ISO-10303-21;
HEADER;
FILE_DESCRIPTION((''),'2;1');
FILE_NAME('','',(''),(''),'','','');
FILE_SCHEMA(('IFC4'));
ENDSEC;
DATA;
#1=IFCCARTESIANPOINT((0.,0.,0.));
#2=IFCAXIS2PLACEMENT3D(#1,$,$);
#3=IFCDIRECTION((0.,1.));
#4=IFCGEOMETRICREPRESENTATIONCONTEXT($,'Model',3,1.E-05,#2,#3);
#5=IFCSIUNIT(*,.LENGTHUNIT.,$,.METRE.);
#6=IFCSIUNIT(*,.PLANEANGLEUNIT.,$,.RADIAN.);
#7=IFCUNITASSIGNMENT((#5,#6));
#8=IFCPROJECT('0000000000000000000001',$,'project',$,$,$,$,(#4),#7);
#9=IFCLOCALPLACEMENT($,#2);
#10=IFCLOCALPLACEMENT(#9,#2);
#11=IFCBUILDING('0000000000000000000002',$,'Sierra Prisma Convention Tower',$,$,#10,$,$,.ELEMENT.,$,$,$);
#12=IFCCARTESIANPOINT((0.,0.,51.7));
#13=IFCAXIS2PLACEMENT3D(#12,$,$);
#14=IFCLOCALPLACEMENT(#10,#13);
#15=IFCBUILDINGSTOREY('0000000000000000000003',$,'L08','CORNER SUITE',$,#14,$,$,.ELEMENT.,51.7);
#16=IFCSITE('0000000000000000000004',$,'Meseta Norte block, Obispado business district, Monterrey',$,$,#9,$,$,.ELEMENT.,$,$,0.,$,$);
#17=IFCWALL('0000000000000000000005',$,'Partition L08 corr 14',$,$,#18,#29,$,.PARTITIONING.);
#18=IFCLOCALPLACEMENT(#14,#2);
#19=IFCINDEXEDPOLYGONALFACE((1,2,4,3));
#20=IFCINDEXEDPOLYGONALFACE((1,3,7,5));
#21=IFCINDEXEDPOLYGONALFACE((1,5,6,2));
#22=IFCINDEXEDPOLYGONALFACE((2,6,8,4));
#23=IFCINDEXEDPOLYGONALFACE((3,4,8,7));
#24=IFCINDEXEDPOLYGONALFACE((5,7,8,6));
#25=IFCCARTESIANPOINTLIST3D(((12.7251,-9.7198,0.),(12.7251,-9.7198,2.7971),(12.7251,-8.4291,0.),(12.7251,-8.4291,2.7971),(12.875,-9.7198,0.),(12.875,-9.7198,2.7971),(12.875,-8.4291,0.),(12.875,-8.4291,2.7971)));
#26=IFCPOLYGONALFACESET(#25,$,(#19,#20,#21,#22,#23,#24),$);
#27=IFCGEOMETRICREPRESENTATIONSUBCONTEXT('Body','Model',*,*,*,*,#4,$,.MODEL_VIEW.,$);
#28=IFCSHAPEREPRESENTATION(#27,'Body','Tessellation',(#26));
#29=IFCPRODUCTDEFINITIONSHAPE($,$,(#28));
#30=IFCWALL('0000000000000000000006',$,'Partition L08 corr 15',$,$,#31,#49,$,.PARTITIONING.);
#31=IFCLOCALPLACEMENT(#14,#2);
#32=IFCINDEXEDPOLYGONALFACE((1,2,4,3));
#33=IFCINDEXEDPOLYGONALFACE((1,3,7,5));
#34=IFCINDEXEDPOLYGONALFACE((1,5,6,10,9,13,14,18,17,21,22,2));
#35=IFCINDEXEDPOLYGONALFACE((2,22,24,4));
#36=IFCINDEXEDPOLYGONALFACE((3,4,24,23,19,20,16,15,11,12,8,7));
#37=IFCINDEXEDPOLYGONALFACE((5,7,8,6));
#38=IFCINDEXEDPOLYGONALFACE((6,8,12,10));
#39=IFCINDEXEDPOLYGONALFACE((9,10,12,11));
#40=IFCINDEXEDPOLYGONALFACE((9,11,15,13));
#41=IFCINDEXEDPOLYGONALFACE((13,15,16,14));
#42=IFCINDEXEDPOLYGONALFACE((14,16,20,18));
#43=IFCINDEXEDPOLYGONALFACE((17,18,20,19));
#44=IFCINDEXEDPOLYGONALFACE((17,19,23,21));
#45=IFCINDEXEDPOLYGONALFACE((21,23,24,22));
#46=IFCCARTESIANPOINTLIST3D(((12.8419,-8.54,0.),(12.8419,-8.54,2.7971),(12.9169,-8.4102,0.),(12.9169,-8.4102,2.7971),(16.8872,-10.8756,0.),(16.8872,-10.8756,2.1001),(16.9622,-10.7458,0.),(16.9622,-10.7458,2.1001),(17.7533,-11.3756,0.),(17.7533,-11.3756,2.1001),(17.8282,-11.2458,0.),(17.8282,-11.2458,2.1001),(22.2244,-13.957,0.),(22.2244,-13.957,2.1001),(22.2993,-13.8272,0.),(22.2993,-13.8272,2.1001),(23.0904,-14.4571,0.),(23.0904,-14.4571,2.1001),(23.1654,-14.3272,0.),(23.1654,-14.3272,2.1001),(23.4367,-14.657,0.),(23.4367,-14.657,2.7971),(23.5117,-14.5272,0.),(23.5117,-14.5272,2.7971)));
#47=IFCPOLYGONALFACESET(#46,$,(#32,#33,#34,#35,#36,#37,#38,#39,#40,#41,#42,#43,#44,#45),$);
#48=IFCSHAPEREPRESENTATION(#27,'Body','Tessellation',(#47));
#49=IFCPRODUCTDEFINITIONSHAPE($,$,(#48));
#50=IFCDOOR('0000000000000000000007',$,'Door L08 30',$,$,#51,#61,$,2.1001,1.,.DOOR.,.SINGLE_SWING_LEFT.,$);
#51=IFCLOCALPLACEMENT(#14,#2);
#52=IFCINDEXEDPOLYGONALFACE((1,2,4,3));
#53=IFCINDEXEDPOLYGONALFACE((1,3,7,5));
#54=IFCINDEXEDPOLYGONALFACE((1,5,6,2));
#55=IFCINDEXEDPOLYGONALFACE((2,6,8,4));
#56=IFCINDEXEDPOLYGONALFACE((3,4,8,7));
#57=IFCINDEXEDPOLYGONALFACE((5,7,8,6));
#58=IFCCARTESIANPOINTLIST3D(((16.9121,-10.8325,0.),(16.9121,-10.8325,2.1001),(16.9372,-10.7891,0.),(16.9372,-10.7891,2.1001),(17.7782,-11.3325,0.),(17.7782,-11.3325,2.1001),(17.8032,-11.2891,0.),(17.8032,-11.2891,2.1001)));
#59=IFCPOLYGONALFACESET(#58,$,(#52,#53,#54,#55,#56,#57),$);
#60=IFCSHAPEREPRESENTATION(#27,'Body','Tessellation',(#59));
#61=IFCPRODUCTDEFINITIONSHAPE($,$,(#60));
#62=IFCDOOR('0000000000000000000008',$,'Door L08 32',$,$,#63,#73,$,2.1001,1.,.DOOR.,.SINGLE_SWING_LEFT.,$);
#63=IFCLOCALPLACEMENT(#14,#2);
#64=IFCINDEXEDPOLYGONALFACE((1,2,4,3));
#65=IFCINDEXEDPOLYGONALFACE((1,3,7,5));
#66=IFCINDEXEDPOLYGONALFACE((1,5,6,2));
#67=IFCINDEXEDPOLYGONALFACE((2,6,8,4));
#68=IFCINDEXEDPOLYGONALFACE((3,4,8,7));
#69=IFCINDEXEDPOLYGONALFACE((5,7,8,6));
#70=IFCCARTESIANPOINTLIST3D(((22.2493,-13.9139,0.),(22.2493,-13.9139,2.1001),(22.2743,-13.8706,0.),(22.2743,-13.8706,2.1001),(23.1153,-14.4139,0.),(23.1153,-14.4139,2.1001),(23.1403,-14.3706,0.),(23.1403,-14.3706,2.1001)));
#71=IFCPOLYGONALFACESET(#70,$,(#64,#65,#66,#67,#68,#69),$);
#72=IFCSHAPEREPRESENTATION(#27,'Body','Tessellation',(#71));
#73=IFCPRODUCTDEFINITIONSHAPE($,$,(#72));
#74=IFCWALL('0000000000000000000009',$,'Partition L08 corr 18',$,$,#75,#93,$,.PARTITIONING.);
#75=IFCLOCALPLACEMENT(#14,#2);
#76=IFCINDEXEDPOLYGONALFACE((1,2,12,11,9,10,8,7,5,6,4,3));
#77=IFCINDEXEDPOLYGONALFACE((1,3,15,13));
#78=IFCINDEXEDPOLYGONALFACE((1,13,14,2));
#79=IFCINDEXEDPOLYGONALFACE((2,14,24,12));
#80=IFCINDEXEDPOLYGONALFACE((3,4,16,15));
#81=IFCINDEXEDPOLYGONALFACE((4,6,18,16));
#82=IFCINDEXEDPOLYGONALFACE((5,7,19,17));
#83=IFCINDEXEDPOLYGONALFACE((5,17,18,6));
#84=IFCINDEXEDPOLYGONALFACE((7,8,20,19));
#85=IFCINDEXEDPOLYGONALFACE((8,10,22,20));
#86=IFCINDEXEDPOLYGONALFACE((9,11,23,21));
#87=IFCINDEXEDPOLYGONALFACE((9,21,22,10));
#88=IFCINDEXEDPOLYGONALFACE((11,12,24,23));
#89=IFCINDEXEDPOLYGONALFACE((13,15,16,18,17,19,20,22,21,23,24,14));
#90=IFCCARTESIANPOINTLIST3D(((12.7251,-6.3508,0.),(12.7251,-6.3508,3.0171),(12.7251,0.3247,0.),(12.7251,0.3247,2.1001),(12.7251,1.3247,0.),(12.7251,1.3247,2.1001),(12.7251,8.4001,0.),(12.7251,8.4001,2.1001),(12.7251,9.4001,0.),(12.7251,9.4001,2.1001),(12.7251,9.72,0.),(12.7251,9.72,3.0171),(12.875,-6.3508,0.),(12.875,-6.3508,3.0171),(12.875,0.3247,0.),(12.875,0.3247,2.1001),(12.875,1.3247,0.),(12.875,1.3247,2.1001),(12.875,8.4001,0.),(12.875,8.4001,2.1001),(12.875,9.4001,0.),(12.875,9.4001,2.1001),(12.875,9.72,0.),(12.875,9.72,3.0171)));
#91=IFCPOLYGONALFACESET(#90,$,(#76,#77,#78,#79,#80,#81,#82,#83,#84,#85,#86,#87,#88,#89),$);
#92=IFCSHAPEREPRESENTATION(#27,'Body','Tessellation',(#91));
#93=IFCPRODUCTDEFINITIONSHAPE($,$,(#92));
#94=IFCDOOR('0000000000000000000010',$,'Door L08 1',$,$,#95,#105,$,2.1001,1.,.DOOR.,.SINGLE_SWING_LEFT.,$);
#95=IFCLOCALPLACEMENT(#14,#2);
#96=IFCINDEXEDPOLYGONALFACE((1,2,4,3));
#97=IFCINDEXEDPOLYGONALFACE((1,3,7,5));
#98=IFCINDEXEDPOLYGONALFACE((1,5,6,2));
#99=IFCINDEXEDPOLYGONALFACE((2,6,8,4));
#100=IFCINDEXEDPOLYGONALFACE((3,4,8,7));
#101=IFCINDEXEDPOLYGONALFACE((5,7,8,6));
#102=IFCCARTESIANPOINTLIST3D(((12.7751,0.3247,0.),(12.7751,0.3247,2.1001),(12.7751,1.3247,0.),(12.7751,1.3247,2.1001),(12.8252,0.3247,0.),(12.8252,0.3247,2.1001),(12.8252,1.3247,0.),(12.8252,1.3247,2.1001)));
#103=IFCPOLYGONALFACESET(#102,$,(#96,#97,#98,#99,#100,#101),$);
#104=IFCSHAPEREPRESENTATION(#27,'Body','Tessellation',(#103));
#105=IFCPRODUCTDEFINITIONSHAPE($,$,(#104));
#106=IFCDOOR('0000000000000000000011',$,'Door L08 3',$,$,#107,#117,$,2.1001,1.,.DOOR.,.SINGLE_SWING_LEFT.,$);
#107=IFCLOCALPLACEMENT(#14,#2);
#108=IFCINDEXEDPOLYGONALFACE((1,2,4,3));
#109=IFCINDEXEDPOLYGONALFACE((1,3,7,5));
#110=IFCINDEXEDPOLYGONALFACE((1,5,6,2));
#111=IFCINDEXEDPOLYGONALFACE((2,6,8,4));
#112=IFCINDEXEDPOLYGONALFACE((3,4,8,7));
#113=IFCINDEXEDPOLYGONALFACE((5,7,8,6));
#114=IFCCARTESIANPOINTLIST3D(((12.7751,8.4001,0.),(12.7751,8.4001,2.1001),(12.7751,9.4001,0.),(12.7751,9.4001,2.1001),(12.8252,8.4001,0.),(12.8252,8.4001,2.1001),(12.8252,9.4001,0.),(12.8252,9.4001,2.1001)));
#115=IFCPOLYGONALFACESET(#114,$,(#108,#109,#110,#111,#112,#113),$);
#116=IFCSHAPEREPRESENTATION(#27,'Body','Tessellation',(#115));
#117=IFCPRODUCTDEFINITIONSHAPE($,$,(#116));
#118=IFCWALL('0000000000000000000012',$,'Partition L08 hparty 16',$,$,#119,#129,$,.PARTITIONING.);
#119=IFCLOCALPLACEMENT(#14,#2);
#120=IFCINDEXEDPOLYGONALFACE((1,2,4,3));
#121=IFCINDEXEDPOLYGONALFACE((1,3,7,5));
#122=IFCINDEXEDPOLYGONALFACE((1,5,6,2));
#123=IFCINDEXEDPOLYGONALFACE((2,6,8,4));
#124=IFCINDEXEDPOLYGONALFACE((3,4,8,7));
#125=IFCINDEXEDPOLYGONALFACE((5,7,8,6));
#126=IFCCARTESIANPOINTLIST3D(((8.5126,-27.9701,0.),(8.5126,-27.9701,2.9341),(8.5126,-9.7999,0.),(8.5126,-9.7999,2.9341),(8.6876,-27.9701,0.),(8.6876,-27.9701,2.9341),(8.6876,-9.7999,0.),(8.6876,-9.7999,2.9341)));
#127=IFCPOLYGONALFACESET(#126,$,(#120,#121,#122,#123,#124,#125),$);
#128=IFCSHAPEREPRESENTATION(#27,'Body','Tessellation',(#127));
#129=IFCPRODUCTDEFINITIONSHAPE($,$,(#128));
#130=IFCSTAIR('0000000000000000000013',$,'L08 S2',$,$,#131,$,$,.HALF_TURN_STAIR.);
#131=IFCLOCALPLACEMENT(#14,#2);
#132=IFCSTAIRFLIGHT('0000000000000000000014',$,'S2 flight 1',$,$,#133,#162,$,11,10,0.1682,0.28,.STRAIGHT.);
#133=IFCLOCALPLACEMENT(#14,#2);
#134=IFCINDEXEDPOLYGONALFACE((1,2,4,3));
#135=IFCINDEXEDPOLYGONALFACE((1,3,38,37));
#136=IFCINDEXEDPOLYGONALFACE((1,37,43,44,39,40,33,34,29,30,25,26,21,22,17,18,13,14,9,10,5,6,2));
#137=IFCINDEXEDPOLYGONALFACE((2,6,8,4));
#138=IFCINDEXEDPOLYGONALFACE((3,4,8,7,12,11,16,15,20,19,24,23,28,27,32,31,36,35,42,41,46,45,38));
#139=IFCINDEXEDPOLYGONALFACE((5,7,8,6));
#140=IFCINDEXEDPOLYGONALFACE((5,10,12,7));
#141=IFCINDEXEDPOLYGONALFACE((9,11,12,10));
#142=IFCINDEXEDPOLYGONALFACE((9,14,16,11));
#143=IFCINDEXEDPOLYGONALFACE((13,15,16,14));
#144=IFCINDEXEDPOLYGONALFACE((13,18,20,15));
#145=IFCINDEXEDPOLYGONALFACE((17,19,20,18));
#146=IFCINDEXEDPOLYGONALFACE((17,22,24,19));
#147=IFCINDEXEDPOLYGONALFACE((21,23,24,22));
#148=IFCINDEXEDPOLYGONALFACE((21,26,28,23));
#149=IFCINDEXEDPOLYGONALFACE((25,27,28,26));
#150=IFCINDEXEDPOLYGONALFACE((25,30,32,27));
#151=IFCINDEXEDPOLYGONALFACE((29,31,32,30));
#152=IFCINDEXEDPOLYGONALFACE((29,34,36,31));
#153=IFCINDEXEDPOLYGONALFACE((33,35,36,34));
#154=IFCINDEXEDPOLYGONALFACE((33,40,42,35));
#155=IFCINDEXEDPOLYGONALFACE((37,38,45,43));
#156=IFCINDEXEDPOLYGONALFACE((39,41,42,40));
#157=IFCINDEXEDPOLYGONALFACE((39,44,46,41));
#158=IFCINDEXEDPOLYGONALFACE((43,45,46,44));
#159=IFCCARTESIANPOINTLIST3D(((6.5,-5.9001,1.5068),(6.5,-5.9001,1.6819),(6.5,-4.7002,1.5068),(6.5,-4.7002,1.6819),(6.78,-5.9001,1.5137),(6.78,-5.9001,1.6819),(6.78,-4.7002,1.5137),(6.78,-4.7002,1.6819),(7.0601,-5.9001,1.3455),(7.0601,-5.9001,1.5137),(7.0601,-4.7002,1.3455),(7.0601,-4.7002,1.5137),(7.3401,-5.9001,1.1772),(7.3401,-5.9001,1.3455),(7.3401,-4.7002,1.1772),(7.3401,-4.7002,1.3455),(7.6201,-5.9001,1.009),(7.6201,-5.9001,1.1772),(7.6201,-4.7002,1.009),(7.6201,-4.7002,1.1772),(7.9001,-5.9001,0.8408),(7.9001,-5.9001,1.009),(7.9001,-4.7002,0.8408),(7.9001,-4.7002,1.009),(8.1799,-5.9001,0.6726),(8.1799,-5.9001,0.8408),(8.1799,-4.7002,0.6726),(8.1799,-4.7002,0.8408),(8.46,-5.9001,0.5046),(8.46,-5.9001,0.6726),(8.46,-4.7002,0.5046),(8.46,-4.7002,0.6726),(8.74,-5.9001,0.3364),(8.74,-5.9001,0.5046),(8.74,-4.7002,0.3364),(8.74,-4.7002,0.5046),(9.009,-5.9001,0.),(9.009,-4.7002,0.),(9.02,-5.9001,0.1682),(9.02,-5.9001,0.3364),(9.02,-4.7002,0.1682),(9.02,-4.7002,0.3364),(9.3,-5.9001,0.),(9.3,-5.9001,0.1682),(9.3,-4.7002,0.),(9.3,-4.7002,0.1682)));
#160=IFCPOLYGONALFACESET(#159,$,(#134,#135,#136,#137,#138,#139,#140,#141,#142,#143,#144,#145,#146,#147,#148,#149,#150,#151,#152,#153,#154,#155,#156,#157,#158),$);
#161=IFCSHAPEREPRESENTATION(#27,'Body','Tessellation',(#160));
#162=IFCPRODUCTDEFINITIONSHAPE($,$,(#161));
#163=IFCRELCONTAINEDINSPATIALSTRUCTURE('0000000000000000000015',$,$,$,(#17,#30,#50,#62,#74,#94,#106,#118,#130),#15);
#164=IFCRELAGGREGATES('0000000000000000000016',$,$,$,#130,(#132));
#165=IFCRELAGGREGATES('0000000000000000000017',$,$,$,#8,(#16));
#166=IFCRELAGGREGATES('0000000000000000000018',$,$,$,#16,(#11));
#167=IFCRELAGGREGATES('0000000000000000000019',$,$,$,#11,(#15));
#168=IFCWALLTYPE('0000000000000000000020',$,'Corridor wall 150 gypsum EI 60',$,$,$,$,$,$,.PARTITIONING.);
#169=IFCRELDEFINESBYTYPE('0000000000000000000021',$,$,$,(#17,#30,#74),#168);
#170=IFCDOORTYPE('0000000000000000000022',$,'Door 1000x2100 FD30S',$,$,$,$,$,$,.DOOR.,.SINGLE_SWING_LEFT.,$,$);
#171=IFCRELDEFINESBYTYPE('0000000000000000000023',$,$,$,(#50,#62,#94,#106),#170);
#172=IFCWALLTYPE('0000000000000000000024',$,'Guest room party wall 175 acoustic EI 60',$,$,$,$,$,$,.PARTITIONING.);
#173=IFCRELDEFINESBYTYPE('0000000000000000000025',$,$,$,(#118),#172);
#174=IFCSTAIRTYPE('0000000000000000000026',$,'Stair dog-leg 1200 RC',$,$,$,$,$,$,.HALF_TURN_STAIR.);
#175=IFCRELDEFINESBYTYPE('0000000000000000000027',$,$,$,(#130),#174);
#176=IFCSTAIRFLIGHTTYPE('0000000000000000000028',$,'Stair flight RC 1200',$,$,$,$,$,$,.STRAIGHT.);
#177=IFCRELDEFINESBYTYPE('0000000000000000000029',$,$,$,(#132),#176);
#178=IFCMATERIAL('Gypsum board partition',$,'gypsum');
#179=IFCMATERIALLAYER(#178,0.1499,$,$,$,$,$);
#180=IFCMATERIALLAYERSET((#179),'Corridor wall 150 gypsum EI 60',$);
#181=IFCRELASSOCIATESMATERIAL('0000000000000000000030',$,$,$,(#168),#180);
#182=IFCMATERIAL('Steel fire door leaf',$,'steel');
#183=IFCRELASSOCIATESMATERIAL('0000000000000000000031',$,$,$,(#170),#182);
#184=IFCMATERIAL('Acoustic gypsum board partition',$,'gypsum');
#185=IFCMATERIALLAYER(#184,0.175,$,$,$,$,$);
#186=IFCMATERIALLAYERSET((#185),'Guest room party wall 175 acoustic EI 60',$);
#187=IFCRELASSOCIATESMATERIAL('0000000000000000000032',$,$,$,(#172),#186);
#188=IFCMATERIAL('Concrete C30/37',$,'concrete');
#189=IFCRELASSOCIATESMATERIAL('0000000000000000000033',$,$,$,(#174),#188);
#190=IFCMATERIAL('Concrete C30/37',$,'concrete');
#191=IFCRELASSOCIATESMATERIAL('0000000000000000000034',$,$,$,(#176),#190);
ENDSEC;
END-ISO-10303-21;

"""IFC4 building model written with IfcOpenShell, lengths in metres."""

from ifc_helpers import new_model, si_unit, direction, frame, frame_2d, origin, place, context, subcontext, project, spatial, polyline, rectangle, outline, extrude, material, layer, layer_set, type_object, element, fill, aggregate, save


model = new_model("IFC4")

# Units and contexts
model_context = context("Model", 3, precision=1e-05, world=origin(), true_north=direction((0.0, 1.0)))
body_context = subcontext(model_context, "Body", "Model", "MODEL_VIEW")
ifc_project = project(units=[si_unit("LENGTHUNIT", "METRE"), si_unit("PLANEANGLEUNIT", "RADIAN")], contexts=[model_context])

# Site, building, storey
site_placement = place(None, origin())
site = spatial("IfcSite", under=ifc_project, at=site_placement, Name="Meseta Norte block, Obispado business district, Monterrey", CompositionType="ELEMENT", RefElevation=0.0)
building_placement = place(site_placement, origin())
building = spatial("IfcBuilding", under=site, at=building_placement, Name="Sierra Prisma Convention Tower", CompositionType="ELEMENT")
storey_placement = place(building_placement, frame((0.0, 0.0, 51.7)))
storey = spatial("IfcBuildingStorey", under=building, at=storey_placement, Name="L08", Description="CORNER SUITE", CompositionType="ELEMENT", Elevation=51.7)

# Wall
ifc_material_1 = material(Name="Gypsum board partition", Category="gypsum")
ifc_layer_1 = layer(ifc_material_1, 0.1499)
ifc_layer_set_1 = layer_set([ifc_layer_1], Name="Corridor wall 150 gypsum EI 60")
wall_type_1 = type_object("IfcWallType", Name="Corridor wall 150 gypsum EI 60", PredefinedType="PARTITIONING", material=ifc_layer_set_1)
wall_1_placement = place(storey_placement, frame((12.8, -9.72, 0.0), z_axis=(0.0, 0.0, 1.0), x_axis=(0.0, 1.0, 0.0)))
element("IfcWall", 1, at=wall_1_placement, inside=storey, type_object=wall_type_1, Name="Partition L08 corr 14", PredefinedType="PARTITIONING", context=body_context, shape_type="SweptSolid", body=[
    extrude(rectangle(XDim=1.2908, YDim=0.1499, at=frame_2d((0.6455, 0.0))), origin(), (0.0, 0.0, 1.0), 2.7971),
])

# Walls, openings, doors
wall_2_placement = place(storey_placement, frame((12.8794, -8.4751, 0.0), z_axis=(0.0, 0.0, 1.0), x_axis=(0.866023, -0.500005, 0.0)))
wall_2 = element("IfcWall", 2, at=wall_2_placement, inside=storey, type_object=wall_type_1, Name="Partition L08 corr 15", PredefinedType="PARTITIONING", context=body_context, shape_type="SweptSolid", body=[
    extrude(rectangle(XDim=12.2339, YDim=0.1499, at=frame_2d((6.1169, 0.0))), origin(), (0.0, 0.0, 1.0), 2.7971),
])
opening_1_placement = place(wall_2_placement, frame((4.6711, 0.0, 0.0)))
opening_1 = element("IfcOpeningElement", 3, at=opening_1_placement, cuts=wall_2, PredefinedType="OPENING", context=body_context, shape_type="SweptSolid", body=[
    extrude(rectangle(XDim=1.0, YDim=2.1001, at=frame_2d((0.5, 1.05))), frame((0.0, 0.075, 0.0), z_axis=(0.0, -1.0, 0.0), x_axis=(1.0, 0.0, 0.0)), (0.0, 0.0, 1.0), 0.1499),
])
opening_2_placement = place(wall_2_placement, frame((10.834, 0.0, 0.0)))
opening_2 = element("IfcOpeningElement", 4, at=opening_2_placement, cuts=wall_2, PredefinedType="OPENING", context=body_context, shape_type="SweptSolid", body=[
    extrude(rectangle(XDim=1.0, YDim=2.1001, at=frame_2d((0.5, 1.05))), frame((0.0, 0.075, 0.0), z_axis=(0.0, -1.0, 0.0), x_axis=(1.0, 0.0, 0.0)), (0.0, 0.0, 1.0), 0.1499),
])
ifc_material_2 = material(Name="Steel fire door leaf", Category="steel")
door_type_1 = type_object("IfcDoorType", Name="Door 1000x2100 FD30S", OperationType="SINGLE_SWING_LEFT", PredefinedType="DOOR", material=ifc_material_2)
door_1_placement = place(opening_1_placement, origin())
door_1 = element("IfcDoor", 5, at=door_1_placement, inside=storey, type_object=door_type_1, Name="Door L08 30", OperationType="SINGLE_SWING_LEFT", OverallHeight=2.1001, OverallWidth=1.0, PredefinedType="DOOR", context=body_context, shape_type="SweptSolid", body=[
    extrude(rectangle(XDim=1.0, YDim=2.1001, at=frame_2d((0.5, 1.05))), frame((0.0, 0.0249, 0.0), z_axis=(0.0, -1.0, 0.0), x_axis=(1.0, 0.0, 0.0)), (0.0, 0.0, 1.0), 0.05),
])
fill(opening_1, door_1)
door_2_placement = place(opening_2_placement, origin())
door_2 = element("IfcDoor", 6, at=door_2_placement, inside=storey, type_object=door_type_1, Name="Door L08 32", OperationType="SINGLE_SWING_LEFT", OverallHeight=2.1001, OverallWidth=1.0, PredefinedType="DOOR", context=body_context, shape_type="SweptSolid", body=[
    extrude(rectangle(XDim=1.0, YDim=2.1001, at=frame_2d((0.5, 1.05))), frame((0.0, 0.0249, 0.0), z_axis=(0.0, -1.0, 0.0), x_axis=(1.0, 0.0, 0.0)), (0.0, 0.0, 1.0), 0.05),
])
fill(opening_2, door_2)
wall_3_placement = place(storey_placement, frame((12.8, -6.3508, 0.0), z_axis=(0.0, 0.0, 1.0), x_axis=(0.0, 1.0, 0.0)))
wall_3 = element("IfcWall", 7, at=wall_3_placement, inside=storey, type_object=wall_type_1, Name="Partition L08 corr 18", PredefinedType="PARTITIONING", context=body_context, shape_type="SweptSolid", body=[
    extrude(rectangle(XDim=16.0708, YDim=0.1499, at=frame_2d((8.0354, 0.0))), origin(), (0.0, 0.0, 1.0), 3.0171),
])
opening_3_placement = place(wall_3_placement, frame((6.6755, 0.0, 0.0)))
opening_3 = element("IfcOpeningElement", 8, at=opening_3_placement, cuts=wall_3, PredefinedType="OPENING", context=body_context, shape_type="SweptSolid", body=[
    extrude(rectangle(XDim=1.0, YDim=2.1001, at=frame_2d((0.5, 1.05))), frame((0.0, 0.075, 0.0), z_axis=(0.0, -1.0, 0.0), x_axis=(1.0, 0.0, 0.0)), (0.0, 0.0, 1.0), 0.1499),
])
opening_4_placement = place(wall_3_placement, frame((14.751, 0.0, 0.0)))
opening_4 = element("IfcOpeningElement", 9, at=opening_4_placement, cuts=wall_3, PredefinedType="OPENING", context=body_context, shape_type="SweptSolid", body=[
    extrude(rectangle(XDim=1.0, YDim=2.1001, at=frame_2d((0.5, 1.05))), frame((0.0, 0.075, 0.0), z_axis=(0.0, -1.0, 0.0), x_axis=(1.0, 0.0, 0.0)), (0.0, 0.0, 1.0), 0.1499),
])
door_3_placement = place(opening_3_placement, origin())
door_3 = element("IfcDoor", 10, at=door_3_placement, inside=storey, type_object=door_type_1, Name="Door L08 1", OperationType="SINGLE_SWING_LEFT", OverallHeight=2.1001, OverallWidth=1.0, PredefinedType="DOOR", context=body_context, shape_type="SweptSolid", body=[
    extrude(rectangle(XDim=1.0, YDim=2.1001, at=frame_2d((0.5, 1.05))), frame((0.0, 0.0249, 0.0), z_axis=(0.0, -1.0, 0.0), x_axis=(1.0, 0.0, 0.0)), (0.0, 0.0, 1.0), 0.05),
])
fill(opening_3, door_3)
door_4_placement = place(opening_4_placement, origin())
door_4 = element("IfcDoor", 11, at=door_4_placement, inside=storey, type_object=door_type_1, Name="Door L08 3", OperationType="SINGLE_SWING_LEFT", OverallHeight=2.1001, OverallWidth=1.0, PredefinedType="DOOR", context=body_context, shape_type="SweptSolid", body=[
    extrude(rectangle(XDim=1.0, YDim=2.1001, at=frame_2d((0.5, 1.05))), frame((0.0, 0.0249, 0.0), z_axis=(0.0, -1.0, 0.0), x_axis=(1.0, 0.0, 0.0)), (0.0, 0.0, 1.0), 0.05),
])
fill(opening_4, door_4)

# Wall
ifc_material_3 = material(Name="Acoustic gypsum board partition", Category="gypsum")
ifc_layer_2 = layer(ifc_material_3, 0.175)
ifc_layer_set_2 = layer_set([ifc_layer_2], Name="Guest room party wall 175 acoustic EI 60")
wall_type_2 = type_object("IfcWallType", Name="Guest room party wall 175 acoustic EI 60", PredefinedType="PARTITIONING", material=ifc_layer_set_2)
wall_4_placement = place(storey_placement, frame((8.6001, -9.8, 0.0), z_axis=(0.0, 0.0, 1.0), x_axis=(0.0, -1.0, 0.0)))
element("IfcWall", 12, at=wall_4_placement, inside=storey, type_object=wall_type_2, Name="Partition L08 hparty 16", PredefinedType="PARTITIONING", context=body_context, shape_type="SweptSolid", body=[
    extrude(rectangle(XDim=18.1702, YDim=0.175, at=frame_2d((9.085, 0.0))), origin(), (0.0, 0.0, 1.0), 2.9341),
])

# Stair, stair flight
ifc_material_4 = material(Name="Concrete C30/37", Category="concrete")
stair_type = type_object("IfcStairType", Name="Stair dog-leg 1200 RC", PredefinedType="HALF_TURN_STAIR", material=ifc_material_4)
stair_placement = place(storey_placement, origin())
stair = element("IfcStair", 13, at=stair_placement, inside=storey, type_object=stair_type, Name="L08 S2", PredefinedType="HALF_TURN_STAIR")
ifc_material_5 = material(Name="Concrete C30/37", Category="concrete")
stair_flight_type = type_object("IfcStairFlightType", Name="Stair flight RC 1200", PredefinedType="STRAIGHT", material=ifc_material_5)
stair_flight_1_placement = place(storey_placement, frame((9.3, -5.3, 0.0), z_axis=(0.0, 0.0, 1.0), x_axis=(-1.0, 0.0, 0.0)))
stair_flight_1 = element("IfcStairFlight", 14, at=stair_flight_1_placement, type_object=stair_flight_type, Name="S2 flight 1", NumberOfRisers=11, NumberOfTreads=10, PredefinedType="STRAIGHT", RiserHeight=0.1682, TreadLength=0.28, context=body_context, shape_type="SweptSolid", body=[
    extrude(outline(polyline([(0.0, 0.0), (0.0, 0.1682), (0.28, 0.1682), (0.28, 0.3364), (0.5601, 0.3364), (0.5601, 0.5046), (0.8401, 0.5046), (0.8401, 0.6726), (1.1201, 0.6726), (1.1201, 0.8408), (1.3999, 0.8408), (1.3999, 1.009), (1.6799, 1.009), (1.6799, 1.1772), (1.96, 1.1772), (1.96, 1.3455), (2.24, 1.3455), (2.24, 1.5137), (2.52, 1.5137), (2.52, 1.6819), (2.8, 1.6819), (2.8, 1.8501), (2.8, 1.5068), (0.291, 0.0), (0.0, 0.0)])), frame((0.0, 0.6001, 0.0), z_axis=(0.0, -1.0, 0.0), x_axis=(1.0, 0.0, 0.0)), (0.0, 0.0, 1.0), 1.2),
])
aggregate(stair, [stair_flight_1])

save(model, "model.ifc")
